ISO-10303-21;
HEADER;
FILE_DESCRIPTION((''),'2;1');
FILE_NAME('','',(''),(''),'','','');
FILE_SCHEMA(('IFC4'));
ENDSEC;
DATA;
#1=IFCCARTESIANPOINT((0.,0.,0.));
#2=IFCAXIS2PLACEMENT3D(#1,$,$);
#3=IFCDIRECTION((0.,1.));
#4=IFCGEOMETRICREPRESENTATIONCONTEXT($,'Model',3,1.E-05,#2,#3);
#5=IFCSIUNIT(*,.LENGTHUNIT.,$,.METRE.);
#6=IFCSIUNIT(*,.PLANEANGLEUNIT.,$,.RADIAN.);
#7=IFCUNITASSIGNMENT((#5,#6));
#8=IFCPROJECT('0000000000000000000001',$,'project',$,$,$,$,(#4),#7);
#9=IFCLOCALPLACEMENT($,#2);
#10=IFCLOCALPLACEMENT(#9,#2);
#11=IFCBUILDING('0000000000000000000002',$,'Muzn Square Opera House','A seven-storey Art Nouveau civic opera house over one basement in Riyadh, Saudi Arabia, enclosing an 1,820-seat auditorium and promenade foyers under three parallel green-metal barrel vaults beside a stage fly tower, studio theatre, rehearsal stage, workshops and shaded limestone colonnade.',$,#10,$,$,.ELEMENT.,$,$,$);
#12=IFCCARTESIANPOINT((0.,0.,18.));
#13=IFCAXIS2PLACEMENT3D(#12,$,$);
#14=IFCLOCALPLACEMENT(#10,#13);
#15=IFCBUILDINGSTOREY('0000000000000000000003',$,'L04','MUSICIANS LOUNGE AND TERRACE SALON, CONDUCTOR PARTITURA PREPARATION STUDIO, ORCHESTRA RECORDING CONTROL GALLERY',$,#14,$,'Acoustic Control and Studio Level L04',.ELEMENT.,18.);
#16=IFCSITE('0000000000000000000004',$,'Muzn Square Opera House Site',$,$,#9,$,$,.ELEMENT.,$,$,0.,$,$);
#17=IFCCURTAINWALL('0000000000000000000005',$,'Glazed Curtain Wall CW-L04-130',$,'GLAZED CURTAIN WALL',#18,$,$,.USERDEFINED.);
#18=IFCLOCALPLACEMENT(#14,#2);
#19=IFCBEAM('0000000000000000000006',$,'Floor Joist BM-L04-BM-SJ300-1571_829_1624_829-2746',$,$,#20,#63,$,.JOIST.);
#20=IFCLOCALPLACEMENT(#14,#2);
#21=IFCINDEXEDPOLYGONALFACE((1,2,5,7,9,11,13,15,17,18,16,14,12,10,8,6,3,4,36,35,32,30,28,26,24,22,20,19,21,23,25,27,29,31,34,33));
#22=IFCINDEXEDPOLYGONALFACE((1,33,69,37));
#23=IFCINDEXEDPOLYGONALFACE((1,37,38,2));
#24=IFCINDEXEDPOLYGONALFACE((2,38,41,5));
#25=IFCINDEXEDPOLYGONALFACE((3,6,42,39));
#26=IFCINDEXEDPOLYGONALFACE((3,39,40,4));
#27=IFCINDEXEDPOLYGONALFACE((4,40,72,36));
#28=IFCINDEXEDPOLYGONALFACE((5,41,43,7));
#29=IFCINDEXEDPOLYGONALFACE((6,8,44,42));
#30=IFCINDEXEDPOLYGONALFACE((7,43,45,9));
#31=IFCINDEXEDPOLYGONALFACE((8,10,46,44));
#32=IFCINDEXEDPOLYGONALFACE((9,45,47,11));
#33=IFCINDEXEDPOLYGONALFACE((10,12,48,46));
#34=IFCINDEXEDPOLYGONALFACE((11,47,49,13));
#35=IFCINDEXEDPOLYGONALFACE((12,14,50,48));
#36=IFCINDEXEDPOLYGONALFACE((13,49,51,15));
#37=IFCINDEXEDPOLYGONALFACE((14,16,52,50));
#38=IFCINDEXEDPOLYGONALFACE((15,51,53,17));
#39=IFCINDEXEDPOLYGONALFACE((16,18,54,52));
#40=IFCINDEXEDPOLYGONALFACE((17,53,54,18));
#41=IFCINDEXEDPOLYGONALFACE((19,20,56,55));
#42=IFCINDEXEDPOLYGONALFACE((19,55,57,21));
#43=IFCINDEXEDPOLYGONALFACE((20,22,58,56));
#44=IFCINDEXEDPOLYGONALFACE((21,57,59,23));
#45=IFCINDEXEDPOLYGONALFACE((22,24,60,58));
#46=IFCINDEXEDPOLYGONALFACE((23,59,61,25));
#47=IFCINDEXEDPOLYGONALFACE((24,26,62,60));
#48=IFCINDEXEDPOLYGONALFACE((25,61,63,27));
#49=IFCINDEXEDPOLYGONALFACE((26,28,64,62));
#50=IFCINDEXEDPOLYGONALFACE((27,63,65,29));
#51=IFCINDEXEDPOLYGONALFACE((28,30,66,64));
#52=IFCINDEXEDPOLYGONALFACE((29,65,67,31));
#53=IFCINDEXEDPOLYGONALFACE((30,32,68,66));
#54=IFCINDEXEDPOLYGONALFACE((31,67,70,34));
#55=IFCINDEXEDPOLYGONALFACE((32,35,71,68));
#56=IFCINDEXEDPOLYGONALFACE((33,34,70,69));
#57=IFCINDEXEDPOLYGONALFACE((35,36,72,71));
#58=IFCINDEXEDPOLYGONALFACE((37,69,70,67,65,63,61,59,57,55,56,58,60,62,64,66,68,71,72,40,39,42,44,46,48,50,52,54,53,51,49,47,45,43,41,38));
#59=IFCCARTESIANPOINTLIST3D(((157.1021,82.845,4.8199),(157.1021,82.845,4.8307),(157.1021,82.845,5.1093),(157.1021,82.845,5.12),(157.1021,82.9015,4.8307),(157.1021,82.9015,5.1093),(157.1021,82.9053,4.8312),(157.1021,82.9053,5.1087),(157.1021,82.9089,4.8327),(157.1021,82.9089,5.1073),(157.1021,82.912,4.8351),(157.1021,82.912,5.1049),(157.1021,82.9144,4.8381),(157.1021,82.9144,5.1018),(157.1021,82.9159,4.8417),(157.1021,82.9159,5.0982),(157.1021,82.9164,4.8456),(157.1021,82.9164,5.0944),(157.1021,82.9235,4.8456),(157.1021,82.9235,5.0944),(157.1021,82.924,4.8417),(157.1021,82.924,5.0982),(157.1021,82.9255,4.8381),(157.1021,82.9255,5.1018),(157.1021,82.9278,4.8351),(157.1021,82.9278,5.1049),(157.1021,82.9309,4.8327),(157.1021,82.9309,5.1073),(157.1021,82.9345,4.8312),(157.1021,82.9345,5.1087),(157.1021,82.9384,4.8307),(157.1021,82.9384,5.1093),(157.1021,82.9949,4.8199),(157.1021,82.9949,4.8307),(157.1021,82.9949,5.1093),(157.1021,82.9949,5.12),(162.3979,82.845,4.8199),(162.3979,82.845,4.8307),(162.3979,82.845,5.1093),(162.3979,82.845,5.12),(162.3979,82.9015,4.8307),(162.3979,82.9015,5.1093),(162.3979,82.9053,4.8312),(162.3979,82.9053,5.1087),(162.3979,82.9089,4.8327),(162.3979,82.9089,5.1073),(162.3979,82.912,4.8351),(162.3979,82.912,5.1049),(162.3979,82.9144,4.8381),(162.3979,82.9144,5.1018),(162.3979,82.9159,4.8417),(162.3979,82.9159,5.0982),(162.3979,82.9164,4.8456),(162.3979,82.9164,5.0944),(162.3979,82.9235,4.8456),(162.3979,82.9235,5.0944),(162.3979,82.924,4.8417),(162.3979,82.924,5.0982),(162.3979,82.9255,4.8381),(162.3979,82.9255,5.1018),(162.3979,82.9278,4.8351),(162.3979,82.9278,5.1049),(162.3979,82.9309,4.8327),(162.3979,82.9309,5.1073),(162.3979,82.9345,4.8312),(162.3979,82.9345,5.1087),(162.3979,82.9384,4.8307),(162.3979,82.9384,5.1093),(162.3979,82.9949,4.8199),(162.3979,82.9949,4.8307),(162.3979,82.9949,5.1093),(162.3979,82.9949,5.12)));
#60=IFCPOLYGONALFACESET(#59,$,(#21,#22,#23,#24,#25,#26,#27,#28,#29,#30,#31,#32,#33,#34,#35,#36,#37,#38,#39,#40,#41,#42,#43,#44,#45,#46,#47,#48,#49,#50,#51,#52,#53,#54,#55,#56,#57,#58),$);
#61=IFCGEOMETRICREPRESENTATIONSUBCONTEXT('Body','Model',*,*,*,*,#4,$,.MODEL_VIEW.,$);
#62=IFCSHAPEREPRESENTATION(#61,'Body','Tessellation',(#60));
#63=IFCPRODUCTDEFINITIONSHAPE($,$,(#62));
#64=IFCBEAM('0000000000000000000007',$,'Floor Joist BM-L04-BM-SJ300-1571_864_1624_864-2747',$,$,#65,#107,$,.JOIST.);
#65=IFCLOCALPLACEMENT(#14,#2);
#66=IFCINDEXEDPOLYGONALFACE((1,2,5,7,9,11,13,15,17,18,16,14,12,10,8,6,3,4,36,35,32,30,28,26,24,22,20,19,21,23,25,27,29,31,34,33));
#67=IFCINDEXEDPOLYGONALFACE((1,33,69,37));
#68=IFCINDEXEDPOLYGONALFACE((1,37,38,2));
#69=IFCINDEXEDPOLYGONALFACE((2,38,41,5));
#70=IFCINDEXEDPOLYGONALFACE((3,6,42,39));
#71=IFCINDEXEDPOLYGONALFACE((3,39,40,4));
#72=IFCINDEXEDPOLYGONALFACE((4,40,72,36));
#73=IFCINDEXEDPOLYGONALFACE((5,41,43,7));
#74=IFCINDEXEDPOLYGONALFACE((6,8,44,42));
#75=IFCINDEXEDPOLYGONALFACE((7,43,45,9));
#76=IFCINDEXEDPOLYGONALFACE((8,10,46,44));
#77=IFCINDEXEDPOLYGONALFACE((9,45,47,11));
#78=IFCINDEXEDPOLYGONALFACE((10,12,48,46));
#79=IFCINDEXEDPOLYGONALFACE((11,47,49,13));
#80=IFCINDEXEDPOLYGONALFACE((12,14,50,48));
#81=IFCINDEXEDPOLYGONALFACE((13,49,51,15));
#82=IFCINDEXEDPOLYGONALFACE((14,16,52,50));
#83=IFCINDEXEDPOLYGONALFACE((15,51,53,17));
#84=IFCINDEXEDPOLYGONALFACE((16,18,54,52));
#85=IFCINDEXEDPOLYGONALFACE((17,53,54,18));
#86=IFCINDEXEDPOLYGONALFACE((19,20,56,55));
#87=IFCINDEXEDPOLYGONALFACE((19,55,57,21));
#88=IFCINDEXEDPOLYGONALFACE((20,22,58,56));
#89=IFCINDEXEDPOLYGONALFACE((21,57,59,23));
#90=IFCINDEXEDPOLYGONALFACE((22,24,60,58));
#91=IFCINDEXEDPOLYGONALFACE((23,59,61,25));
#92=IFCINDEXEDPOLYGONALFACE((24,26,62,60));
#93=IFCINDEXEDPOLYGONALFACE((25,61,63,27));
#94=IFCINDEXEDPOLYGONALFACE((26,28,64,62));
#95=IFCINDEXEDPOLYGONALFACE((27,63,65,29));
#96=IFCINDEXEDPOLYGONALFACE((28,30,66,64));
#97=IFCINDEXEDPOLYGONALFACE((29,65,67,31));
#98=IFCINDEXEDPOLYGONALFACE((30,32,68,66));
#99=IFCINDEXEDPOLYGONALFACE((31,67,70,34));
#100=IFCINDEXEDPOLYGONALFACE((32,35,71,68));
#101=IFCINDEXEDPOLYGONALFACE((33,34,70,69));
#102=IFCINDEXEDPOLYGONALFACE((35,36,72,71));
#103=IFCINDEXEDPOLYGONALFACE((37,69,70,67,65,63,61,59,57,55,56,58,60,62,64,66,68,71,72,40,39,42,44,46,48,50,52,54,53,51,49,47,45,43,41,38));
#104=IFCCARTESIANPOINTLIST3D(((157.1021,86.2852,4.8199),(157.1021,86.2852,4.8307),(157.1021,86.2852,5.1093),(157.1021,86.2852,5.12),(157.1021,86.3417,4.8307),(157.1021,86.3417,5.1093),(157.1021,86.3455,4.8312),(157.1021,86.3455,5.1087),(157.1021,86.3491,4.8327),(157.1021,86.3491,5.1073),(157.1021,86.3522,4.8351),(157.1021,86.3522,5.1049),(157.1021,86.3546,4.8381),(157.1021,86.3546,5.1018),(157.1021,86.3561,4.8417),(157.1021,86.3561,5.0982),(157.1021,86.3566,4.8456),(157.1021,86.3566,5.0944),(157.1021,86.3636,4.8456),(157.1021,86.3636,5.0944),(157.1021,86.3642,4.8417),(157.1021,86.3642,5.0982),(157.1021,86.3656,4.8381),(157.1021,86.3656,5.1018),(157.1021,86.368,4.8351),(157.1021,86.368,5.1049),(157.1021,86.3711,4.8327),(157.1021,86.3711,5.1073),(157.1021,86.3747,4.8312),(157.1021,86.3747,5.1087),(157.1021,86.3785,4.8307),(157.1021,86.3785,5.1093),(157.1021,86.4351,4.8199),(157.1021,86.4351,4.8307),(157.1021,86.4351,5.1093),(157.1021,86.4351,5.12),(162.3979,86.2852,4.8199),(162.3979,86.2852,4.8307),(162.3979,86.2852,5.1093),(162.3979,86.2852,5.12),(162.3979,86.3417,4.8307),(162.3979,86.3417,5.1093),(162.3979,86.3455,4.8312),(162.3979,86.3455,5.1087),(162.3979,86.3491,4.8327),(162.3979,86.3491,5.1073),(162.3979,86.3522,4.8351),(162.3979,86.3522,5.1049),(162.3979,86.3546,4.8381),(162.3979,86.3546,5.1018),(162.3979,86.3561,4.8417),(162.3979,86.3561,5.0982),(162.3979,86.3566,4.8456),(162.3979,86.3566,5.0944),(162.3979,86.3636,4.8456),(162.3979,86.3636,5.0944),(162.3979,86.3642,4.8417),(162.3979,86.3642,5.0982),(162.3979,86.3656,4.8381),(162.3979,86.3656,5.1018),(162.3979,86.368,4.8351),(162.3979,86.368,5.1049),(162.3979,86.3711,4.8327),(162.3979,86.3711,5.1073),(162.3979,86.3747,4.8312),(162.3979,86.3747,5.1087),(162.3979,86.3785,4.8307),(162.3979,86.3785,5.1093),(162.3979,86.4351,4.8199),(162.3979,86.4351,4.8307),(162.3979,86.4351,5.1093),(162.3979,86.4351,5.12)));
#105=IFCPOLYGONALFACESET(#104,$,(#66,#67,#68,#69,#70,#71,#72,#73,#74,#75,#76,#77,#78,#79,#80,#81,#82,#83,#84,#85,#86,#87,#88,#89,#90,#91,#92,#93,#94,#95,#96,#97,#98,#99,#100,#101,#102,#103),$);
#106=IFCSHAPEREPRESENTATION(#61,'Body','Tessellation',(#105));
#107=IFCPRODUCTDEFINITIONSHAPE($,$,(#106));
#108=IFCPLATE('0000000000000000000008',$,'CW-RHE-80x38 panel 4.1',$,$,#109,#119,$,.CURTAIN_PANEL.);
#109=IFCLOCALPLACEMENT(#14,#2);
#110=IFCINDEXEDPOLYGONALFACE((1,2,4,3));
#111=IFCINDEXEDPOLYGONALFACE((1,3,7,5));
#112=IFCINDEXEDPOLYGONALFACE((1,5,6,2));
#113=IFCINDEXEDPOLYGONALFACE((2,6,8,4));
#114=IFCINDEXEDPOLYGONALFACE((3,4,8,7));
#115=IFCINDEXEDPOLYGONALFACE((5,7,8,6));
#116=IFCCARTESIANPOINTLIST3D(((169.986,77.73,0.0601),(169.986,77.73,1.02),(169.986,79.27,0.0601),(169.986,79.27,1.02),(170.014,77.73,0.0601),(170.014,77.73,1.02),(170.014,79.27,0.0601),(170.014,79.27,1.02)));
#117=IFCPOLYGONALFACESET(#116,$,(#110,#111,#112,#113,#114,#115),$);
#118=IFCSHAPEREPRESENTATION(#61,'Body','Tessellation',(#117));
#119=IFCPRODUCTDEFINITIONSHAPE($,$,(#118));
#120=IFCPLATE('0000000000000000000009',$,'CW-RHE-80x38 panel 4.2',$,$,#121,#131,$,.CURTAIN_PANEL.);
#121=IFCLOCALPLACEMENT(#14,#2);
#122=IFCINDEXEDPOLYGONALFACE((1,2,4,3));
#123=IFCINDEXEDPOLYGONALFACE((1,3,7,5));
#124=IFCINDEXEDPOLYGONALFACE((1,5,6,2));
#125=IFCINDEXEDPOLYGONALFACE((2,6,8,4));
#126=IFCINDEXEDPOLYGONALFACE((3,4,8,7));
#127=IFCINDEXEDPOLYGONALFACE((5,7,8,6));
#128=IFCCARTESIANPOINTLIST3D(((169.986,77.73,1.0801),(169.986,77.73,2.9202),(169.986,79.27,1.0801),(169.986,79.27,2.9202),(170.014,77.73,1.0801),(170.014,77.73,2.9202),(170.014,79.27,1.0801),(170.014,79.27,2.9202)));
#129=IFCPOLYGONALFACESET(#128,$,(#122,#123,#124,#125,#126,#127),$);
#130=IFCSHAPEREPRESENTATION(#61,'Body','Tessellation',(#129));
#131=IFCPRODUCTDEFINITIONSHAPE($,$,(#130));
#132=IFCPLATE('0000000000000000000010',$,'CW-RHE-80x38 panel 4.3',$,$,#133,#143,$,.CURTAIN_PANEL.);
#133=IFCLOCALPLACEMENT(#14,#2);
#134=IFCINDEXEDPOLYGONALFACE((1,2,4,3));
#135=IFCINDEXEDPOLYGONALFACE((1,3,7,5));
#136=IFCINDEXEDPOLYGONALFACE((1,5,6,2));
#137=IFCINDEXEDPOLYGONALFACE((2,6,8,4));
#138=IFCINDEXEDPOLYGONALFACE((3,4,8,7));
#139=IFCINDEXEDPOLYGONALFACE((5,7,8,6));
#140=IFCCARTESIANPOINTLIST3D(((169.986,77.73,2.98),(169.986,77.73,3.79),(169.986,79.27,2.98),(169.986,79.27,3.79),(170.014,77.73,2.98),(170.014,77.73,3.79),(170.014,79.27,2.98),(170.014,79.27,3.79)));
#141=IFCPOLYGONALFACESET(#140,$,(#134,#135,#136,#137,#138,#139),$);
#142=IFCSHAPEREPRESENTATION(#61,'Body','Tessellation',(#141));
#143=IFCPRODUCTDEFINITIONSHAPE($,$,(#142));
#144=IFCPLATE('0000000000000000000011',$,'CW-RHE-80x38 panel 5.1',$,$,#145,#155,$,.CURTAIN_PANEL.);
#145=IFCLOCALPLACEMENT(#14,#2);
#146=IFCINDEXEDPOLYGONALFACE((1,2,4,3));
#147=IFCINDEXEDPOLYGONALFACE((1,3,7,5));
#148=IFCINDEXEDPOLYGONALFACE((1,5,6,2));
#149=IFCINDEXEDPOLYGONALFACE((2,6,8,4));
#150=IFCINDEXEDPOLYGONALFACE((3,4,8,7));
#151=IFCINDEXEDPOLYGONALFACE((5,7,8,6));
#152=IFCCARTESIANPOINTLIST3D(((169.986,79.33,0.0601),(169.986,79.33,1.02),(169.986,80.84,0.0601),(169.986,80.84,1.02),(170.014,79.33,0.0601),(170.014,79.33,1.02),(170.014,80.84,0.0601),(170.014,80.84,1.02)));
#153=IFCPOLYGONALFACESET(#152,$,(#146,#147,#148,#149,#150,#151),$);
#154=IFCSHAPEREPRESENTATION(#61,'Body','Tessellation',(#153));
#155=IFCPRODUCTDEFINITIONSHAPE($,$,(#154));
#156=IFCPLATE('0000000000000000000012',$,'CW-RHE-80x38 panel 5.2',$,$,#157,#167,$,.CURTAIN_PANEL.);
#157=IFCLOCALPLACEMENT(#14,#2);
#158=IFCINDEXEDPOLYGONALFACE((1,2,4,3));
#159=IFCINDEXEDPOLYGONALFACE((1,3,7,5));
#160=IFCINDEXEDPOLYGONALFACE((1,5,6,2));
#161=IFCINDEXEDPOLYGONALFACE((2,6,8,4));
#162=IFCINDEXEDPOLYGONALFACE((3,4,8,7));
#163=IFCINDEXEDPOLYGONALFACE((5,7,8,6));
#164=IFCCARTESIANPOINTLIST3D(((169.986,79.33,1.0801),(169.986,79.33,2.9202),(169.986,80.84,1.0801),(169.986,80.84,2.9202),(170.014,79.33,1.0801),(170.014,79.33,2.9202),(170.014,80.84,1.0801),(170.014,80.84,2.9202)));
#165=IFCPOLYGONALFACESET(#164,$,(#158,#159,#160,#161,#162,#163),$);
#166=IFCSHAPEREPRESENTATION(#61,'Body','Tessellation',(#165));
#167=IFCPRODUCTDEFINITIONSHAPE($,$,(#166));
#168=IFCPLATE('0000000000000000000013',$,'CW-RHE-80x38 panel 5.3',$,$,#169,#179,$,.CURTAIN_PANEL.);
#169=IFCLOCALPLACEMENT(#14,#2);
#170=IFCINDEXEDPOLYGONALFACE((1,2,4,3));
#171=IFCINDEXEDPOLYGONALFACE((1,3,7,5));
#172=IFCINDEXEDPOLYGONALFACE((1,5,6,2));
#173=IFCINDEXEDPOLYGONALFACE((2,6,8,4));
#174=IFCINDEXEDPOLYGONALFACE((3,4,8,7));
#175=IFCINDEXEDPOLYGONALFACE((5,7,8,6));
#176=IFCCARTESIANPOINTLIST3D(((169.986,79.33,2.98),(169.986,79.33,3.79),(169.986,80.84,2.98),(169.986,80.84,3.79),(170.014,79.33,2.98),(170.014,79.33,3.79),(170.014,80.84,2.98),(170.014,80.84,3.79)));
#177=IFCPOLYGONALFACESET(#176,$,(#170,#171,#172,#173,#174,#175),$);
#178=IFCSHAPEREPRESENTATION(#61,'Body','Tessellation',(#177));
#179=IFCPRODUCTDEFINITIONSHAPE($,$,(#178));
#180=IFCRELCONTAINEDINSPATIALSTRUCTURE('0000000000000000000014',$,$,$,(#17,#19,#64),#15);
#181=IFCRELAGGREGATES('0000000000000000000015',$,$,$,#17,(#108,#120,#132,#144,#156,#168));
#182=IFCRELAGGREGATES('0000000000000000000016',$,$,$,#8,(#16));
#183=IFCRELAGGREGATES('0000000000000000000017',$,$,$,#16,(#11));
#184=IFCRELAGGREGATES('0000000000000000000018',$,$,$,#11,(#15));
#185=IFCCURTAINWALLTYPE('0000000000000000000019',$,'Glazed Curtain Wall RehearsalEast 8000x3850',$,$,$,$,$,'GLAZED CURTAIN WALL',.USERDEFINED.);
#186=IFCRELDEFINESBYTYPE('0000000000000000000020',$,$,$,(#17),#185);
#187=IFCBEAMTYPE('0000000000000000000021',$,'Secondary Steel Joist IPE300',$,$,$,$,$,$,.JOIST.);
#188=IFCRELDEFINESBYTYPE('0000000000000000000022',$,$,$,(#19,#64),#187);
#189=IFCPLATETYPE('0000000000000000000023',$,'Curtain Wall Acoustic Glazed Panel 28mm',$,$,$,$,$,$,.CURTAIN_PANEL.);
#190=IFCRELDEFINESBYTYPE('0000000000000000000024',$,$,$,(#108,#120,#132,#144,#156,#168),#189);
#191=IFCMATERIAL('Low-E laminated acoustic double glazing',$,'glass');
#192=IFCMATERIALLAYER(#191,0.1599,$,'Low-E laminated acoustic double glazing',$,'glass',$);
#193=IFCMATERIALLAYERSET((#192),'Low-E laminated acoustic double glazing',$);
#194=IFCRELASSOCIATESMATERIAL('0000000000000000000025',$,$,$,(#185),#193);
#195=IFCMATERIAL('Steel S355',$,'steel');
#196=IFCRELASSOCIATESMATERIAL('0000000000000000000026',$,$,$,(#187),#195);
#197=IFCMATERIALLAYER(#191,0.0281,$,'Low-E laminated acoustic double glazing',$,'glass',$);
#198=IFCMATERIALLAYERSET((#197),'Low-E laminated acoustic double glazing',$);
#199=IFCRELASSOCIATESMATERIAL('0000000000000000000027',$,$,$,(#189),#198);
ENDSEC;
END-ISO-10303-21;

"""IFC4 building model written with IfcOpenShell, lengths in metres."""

from ifc_helpers import new_model, si_unit, direction, frame, origin, origin_2d, place, context, subcontext, project, spatial, rectangle, i_section, extrude, material, layer, layer_set, material_profile, profile_set, type_object, element, aggregate, save


model = new_model("IFC4")

# Units and contexts
model_context = context("Model", 3, precision=1e-05, world=origin(), true_north=direction((0.0, 1.0)))
body_context = subcontext(model_context, "Body", "Model", "MODEL_VIEW")
ifc_project = project(units=[si_unit("LENGTHUNIT", "METRE"), si_unit("PLANEANGLEUNIT", "RADIAN")], contexts=[model_context])

# Site, building, storey
site_placement = place(None, origin())
site = spatial("IfcSite", under=ifc_project, at=site_placement, Name="Muzn Square Opera House Site", CompositionType="ELEMENT", RefElevation=0.0)
building_placement = place(site_placement, origin())
building = spatial("IfcBuilding", under=site, at=building_placement, Name="Muzn Square Opera House", Description="A seven-storey Art Nouveau civic opera house over one basement in Riyadh, Saudi Arabia, enclosing an 1,820-seat auditorium and promenade foyers under three parallel green-metal barrel vaults beside a stage fly tower, studio theatre, rehearsal stage, workshops and shaded limestone colonnade.", CompositionType="ELEMENT")
storey_placement = place(building_placement, frame((0.0, 0.0, 18.0)))
storey = spatial("IfcBuildingStorey", under=building, at=storey_placement, Name="L04", Description="MUSICIANS LOUNGE AND TERRACE SALON, CONDUCTOR PARTITURA PREPARATION STUDIO, ORCHESTRA RECORDING CONTROL GALLERY", LongName="Acoustic Control and Studio Level L04", CompositionType="ELEMENT", Elevation=18.0)

# Curtain wall
ifc_material_1 = material(Name="Low-E laminated acoustic double glazing", Category="glass")
ifc_layer_1 = layer(ifc_material_1, 0.1599, Name="Low-E laminated acoustic double glazing", Category="glass")
ifc_layer_set_1 = layer_set([ifc_layer_1], Name="Low-E laminated acoustic double glazing")
curtain_wall_type = type_object("IfcCurtainWallType", Name="Glazed Curtain Wall RehearsalEast 8000x3850", ElementType="GLAZED CURTAIN WALL", PredefinedType="USERDEFINED", material=ifc_layer_set_1)
curtain_wall_placement = place(storey_placement, origin())
curtain_wall = element("IfcCurtainWall", 1, at=curtain_wall_placement, inside=storey, type_object=curtain_wall_type, Name="Glazed Curtain Wall CW-L04-130", ObjectType="GLAZED CURTAIN WALL", PredefinedType="USERDEFINED")

# Beams
ifc_material_2 = material(Name="Steel S355", Category="steel")
ifc_material_profile_1 = material_profile(ifc_material_2, i_section(OverallWidth=0.1499, OverallDepth=0.3, WebThickness=0.0071, FlangeThickness=0.0107, FilletRadius=0.0149, at=origin_2d()), Name="IPE 300", Category="steel")
ifc_profile_set_1 = profile_set([ifc_material_profile_1], Name="Steel S355")
beam_type_1 = type_object("IfcBeamType", Name="Secondary Steel Joist IPE300", PredefinedType="JOIST", material=ifc_profile_set_1)
for number, where, z_axis, x_axis, name in (
    (2, (157.1021, 82.9199, 4.97), (1.0, 0.0, 0.0), (0.0, 1.0, 0.0), "Floor Joist BM-L04-BM-SJ300-1571_829_1624_829-2746"),
    (3, (157.1021, 86.3601, 4.97), (1.0, 0.0, 0.0), (0.0, 1.0, 0.0), "Floor Joist BM-L04-BM-SJ300-1571_864_1624_864-2747"),
):
    element("IfcBeam", number, at=place(storey_placement, frame(where, z_axis=z_axis, x_axis=x_axis)), inside=storey, type_object=beam_type_1, Name=name, PredefinedType="JOIST", context=body_context, shape_type="SweptSolid", body=[
        extrude(i_section(OverallWidth=0.1499, OverallDepth=0.3, WebThickness=0.0071, FlangeThickness=0.0107, FilletRadius=0.0149, at=origin_2d()), origin(), (0.0, 0.0, 1.0), 5.2959),
    ])

# Plates
ifc_layer_2 = layer(ifc_material_1, 0.0281, Name="Low-E laminated acoustic double glazing", Category="glass")
ifc_layer_set_2 = layer_set([ifc_layer_2], Name="Low-E laminated acoustic double glazing")
plate_type = type_object("IfcPlateType", Name="Curtain Wall Acoustic Glazed Panel 28mm", PredefinedType="CURTAIN_PANEL", material=ifc_layer_set_2)
plate_1_placement = place(storey_placement, frame((170.0, 78.5, 0.0601), z_axis=(0.0, 0.0, 1.0), x_axis=(0.0, 1.0, 0.0)))
plate_1 = element("IfcPlate", 4, at=plate_1_placement, type_object=plate_type, Name="CW-RHE-80x38 panel 4.1", PredefinedType="CURTAIN_PANEL", context=body_context, shape_type="SweptSolid", body=[
    extrude(rectangle(XDim=1.54, YDim=0.0281, at=origin_2d()), origin(), (0.0, 0.0, 1.0), 0.96),
])
plate_2_placement = place(storey_placement, frame((170.0, 78.5, 1.0801), z_axis=(0.0, 0.0, 1.0), x_axis=(0.0, 1.0, 0.0)))
plate_2 = element("IfcPlate", 5, at=plate_2_placement, type_object=plate_type, Name="CW-RHE-80x38 panel 4.2", PredefinedType="CURTAIN_PANEL", context=body_context, shape_type="SweptSolid", body=[
    extrude(rectangle(XDim=1.54, YDim=0.0281, at=origin_2d()), origin(), (0.0, 0.0, 1.0), 1.8401),
])
plate_3_placement = place(storey_placement, frame((170.0, 78.5, 2.98), z_axis=(0.0, 0.0, 1.0), x_axis=(0.0, 1.0, 0.0)))
plate_3 = element("IfcPlate", 6, at=plate_3_placement, type_object=plate_type, Name="CW-RHE-80x38 panel 4.3", PredefinedType="CURTAIN_PANEL", context=body_context, shape_type="SweptSolid", body=[
    extrude(rectangle(XDim=1.54, YDim=0.0281, at=origin_2d()), origin(), (0.0, 0.0, 1.0), 0.8101),
])
plate_4_placement = place(storey_placement, frame((170.0, 80.085, 0.0601), z_axis=(0.0, 0.0, 1.0), x_axis=(0.0, 1.0, 0.0)))
plate_4 = element("IfcPlate", 7, at=plate_4_placement, type_object=plate_type, Name="CW-RHE-80x38 panel 5.1", PredefinedType="CURTAIN_PANEL", context=body_context, shape_type="SweptSolid", body=[
    extrude(rectangle(XDim=1.51, YDim=0.0281, at=origin_2d()), origin(), (0.0, 0.0, 1.0), 0.96),
])
plate_5_placement = place(storey_placement, frame((170.0, 80.085, 1.0801), z_axis=(0.0, 0.0, 1.0), x_axis=(0.0, 1.0, 0.0)))
plate_5 = element("IfcPlate", 8, at=plate_5_placement, type_object=plate_type, Name="CW-RHE-80x38 panel 5.2", PredefinedType="CURTAIN_PANEL", context=body_context, shape_type="SweptSolid", body=[
    extrude(rectangle(XDim=1.51, YDim=0.0281, at=origin_2d()), origin(), (0.0, 0.0, 1.0), 1.8401),
])
plate_6_placement = place(storey_placement, frame((170.0, 80.085, 2.98), z_axis=(0.0, 0.0, 1.0), x_axis=(0.0, 1.0, 0.0)))
plate_6 = element("IfcPlate", 9, at=plate_6_placement, type_object=plate_type, Name="CW-RHE-80x38 panel 5.3", PredefinedType="CURTAIN_PANEL", context=body_context, shape_type="SweptSolid", body=[
    extrude(rectangle(XDim=1.51, YDim=0.0281, at=origin_2d()), origin(), (0.0, 0.0, 1.0), 0.8101),
])
aggregate(curtain_wall, [plate_1, plate_2, plate_3, plate_4, plate_5, plate_6])

save(model, "model.ifc")
